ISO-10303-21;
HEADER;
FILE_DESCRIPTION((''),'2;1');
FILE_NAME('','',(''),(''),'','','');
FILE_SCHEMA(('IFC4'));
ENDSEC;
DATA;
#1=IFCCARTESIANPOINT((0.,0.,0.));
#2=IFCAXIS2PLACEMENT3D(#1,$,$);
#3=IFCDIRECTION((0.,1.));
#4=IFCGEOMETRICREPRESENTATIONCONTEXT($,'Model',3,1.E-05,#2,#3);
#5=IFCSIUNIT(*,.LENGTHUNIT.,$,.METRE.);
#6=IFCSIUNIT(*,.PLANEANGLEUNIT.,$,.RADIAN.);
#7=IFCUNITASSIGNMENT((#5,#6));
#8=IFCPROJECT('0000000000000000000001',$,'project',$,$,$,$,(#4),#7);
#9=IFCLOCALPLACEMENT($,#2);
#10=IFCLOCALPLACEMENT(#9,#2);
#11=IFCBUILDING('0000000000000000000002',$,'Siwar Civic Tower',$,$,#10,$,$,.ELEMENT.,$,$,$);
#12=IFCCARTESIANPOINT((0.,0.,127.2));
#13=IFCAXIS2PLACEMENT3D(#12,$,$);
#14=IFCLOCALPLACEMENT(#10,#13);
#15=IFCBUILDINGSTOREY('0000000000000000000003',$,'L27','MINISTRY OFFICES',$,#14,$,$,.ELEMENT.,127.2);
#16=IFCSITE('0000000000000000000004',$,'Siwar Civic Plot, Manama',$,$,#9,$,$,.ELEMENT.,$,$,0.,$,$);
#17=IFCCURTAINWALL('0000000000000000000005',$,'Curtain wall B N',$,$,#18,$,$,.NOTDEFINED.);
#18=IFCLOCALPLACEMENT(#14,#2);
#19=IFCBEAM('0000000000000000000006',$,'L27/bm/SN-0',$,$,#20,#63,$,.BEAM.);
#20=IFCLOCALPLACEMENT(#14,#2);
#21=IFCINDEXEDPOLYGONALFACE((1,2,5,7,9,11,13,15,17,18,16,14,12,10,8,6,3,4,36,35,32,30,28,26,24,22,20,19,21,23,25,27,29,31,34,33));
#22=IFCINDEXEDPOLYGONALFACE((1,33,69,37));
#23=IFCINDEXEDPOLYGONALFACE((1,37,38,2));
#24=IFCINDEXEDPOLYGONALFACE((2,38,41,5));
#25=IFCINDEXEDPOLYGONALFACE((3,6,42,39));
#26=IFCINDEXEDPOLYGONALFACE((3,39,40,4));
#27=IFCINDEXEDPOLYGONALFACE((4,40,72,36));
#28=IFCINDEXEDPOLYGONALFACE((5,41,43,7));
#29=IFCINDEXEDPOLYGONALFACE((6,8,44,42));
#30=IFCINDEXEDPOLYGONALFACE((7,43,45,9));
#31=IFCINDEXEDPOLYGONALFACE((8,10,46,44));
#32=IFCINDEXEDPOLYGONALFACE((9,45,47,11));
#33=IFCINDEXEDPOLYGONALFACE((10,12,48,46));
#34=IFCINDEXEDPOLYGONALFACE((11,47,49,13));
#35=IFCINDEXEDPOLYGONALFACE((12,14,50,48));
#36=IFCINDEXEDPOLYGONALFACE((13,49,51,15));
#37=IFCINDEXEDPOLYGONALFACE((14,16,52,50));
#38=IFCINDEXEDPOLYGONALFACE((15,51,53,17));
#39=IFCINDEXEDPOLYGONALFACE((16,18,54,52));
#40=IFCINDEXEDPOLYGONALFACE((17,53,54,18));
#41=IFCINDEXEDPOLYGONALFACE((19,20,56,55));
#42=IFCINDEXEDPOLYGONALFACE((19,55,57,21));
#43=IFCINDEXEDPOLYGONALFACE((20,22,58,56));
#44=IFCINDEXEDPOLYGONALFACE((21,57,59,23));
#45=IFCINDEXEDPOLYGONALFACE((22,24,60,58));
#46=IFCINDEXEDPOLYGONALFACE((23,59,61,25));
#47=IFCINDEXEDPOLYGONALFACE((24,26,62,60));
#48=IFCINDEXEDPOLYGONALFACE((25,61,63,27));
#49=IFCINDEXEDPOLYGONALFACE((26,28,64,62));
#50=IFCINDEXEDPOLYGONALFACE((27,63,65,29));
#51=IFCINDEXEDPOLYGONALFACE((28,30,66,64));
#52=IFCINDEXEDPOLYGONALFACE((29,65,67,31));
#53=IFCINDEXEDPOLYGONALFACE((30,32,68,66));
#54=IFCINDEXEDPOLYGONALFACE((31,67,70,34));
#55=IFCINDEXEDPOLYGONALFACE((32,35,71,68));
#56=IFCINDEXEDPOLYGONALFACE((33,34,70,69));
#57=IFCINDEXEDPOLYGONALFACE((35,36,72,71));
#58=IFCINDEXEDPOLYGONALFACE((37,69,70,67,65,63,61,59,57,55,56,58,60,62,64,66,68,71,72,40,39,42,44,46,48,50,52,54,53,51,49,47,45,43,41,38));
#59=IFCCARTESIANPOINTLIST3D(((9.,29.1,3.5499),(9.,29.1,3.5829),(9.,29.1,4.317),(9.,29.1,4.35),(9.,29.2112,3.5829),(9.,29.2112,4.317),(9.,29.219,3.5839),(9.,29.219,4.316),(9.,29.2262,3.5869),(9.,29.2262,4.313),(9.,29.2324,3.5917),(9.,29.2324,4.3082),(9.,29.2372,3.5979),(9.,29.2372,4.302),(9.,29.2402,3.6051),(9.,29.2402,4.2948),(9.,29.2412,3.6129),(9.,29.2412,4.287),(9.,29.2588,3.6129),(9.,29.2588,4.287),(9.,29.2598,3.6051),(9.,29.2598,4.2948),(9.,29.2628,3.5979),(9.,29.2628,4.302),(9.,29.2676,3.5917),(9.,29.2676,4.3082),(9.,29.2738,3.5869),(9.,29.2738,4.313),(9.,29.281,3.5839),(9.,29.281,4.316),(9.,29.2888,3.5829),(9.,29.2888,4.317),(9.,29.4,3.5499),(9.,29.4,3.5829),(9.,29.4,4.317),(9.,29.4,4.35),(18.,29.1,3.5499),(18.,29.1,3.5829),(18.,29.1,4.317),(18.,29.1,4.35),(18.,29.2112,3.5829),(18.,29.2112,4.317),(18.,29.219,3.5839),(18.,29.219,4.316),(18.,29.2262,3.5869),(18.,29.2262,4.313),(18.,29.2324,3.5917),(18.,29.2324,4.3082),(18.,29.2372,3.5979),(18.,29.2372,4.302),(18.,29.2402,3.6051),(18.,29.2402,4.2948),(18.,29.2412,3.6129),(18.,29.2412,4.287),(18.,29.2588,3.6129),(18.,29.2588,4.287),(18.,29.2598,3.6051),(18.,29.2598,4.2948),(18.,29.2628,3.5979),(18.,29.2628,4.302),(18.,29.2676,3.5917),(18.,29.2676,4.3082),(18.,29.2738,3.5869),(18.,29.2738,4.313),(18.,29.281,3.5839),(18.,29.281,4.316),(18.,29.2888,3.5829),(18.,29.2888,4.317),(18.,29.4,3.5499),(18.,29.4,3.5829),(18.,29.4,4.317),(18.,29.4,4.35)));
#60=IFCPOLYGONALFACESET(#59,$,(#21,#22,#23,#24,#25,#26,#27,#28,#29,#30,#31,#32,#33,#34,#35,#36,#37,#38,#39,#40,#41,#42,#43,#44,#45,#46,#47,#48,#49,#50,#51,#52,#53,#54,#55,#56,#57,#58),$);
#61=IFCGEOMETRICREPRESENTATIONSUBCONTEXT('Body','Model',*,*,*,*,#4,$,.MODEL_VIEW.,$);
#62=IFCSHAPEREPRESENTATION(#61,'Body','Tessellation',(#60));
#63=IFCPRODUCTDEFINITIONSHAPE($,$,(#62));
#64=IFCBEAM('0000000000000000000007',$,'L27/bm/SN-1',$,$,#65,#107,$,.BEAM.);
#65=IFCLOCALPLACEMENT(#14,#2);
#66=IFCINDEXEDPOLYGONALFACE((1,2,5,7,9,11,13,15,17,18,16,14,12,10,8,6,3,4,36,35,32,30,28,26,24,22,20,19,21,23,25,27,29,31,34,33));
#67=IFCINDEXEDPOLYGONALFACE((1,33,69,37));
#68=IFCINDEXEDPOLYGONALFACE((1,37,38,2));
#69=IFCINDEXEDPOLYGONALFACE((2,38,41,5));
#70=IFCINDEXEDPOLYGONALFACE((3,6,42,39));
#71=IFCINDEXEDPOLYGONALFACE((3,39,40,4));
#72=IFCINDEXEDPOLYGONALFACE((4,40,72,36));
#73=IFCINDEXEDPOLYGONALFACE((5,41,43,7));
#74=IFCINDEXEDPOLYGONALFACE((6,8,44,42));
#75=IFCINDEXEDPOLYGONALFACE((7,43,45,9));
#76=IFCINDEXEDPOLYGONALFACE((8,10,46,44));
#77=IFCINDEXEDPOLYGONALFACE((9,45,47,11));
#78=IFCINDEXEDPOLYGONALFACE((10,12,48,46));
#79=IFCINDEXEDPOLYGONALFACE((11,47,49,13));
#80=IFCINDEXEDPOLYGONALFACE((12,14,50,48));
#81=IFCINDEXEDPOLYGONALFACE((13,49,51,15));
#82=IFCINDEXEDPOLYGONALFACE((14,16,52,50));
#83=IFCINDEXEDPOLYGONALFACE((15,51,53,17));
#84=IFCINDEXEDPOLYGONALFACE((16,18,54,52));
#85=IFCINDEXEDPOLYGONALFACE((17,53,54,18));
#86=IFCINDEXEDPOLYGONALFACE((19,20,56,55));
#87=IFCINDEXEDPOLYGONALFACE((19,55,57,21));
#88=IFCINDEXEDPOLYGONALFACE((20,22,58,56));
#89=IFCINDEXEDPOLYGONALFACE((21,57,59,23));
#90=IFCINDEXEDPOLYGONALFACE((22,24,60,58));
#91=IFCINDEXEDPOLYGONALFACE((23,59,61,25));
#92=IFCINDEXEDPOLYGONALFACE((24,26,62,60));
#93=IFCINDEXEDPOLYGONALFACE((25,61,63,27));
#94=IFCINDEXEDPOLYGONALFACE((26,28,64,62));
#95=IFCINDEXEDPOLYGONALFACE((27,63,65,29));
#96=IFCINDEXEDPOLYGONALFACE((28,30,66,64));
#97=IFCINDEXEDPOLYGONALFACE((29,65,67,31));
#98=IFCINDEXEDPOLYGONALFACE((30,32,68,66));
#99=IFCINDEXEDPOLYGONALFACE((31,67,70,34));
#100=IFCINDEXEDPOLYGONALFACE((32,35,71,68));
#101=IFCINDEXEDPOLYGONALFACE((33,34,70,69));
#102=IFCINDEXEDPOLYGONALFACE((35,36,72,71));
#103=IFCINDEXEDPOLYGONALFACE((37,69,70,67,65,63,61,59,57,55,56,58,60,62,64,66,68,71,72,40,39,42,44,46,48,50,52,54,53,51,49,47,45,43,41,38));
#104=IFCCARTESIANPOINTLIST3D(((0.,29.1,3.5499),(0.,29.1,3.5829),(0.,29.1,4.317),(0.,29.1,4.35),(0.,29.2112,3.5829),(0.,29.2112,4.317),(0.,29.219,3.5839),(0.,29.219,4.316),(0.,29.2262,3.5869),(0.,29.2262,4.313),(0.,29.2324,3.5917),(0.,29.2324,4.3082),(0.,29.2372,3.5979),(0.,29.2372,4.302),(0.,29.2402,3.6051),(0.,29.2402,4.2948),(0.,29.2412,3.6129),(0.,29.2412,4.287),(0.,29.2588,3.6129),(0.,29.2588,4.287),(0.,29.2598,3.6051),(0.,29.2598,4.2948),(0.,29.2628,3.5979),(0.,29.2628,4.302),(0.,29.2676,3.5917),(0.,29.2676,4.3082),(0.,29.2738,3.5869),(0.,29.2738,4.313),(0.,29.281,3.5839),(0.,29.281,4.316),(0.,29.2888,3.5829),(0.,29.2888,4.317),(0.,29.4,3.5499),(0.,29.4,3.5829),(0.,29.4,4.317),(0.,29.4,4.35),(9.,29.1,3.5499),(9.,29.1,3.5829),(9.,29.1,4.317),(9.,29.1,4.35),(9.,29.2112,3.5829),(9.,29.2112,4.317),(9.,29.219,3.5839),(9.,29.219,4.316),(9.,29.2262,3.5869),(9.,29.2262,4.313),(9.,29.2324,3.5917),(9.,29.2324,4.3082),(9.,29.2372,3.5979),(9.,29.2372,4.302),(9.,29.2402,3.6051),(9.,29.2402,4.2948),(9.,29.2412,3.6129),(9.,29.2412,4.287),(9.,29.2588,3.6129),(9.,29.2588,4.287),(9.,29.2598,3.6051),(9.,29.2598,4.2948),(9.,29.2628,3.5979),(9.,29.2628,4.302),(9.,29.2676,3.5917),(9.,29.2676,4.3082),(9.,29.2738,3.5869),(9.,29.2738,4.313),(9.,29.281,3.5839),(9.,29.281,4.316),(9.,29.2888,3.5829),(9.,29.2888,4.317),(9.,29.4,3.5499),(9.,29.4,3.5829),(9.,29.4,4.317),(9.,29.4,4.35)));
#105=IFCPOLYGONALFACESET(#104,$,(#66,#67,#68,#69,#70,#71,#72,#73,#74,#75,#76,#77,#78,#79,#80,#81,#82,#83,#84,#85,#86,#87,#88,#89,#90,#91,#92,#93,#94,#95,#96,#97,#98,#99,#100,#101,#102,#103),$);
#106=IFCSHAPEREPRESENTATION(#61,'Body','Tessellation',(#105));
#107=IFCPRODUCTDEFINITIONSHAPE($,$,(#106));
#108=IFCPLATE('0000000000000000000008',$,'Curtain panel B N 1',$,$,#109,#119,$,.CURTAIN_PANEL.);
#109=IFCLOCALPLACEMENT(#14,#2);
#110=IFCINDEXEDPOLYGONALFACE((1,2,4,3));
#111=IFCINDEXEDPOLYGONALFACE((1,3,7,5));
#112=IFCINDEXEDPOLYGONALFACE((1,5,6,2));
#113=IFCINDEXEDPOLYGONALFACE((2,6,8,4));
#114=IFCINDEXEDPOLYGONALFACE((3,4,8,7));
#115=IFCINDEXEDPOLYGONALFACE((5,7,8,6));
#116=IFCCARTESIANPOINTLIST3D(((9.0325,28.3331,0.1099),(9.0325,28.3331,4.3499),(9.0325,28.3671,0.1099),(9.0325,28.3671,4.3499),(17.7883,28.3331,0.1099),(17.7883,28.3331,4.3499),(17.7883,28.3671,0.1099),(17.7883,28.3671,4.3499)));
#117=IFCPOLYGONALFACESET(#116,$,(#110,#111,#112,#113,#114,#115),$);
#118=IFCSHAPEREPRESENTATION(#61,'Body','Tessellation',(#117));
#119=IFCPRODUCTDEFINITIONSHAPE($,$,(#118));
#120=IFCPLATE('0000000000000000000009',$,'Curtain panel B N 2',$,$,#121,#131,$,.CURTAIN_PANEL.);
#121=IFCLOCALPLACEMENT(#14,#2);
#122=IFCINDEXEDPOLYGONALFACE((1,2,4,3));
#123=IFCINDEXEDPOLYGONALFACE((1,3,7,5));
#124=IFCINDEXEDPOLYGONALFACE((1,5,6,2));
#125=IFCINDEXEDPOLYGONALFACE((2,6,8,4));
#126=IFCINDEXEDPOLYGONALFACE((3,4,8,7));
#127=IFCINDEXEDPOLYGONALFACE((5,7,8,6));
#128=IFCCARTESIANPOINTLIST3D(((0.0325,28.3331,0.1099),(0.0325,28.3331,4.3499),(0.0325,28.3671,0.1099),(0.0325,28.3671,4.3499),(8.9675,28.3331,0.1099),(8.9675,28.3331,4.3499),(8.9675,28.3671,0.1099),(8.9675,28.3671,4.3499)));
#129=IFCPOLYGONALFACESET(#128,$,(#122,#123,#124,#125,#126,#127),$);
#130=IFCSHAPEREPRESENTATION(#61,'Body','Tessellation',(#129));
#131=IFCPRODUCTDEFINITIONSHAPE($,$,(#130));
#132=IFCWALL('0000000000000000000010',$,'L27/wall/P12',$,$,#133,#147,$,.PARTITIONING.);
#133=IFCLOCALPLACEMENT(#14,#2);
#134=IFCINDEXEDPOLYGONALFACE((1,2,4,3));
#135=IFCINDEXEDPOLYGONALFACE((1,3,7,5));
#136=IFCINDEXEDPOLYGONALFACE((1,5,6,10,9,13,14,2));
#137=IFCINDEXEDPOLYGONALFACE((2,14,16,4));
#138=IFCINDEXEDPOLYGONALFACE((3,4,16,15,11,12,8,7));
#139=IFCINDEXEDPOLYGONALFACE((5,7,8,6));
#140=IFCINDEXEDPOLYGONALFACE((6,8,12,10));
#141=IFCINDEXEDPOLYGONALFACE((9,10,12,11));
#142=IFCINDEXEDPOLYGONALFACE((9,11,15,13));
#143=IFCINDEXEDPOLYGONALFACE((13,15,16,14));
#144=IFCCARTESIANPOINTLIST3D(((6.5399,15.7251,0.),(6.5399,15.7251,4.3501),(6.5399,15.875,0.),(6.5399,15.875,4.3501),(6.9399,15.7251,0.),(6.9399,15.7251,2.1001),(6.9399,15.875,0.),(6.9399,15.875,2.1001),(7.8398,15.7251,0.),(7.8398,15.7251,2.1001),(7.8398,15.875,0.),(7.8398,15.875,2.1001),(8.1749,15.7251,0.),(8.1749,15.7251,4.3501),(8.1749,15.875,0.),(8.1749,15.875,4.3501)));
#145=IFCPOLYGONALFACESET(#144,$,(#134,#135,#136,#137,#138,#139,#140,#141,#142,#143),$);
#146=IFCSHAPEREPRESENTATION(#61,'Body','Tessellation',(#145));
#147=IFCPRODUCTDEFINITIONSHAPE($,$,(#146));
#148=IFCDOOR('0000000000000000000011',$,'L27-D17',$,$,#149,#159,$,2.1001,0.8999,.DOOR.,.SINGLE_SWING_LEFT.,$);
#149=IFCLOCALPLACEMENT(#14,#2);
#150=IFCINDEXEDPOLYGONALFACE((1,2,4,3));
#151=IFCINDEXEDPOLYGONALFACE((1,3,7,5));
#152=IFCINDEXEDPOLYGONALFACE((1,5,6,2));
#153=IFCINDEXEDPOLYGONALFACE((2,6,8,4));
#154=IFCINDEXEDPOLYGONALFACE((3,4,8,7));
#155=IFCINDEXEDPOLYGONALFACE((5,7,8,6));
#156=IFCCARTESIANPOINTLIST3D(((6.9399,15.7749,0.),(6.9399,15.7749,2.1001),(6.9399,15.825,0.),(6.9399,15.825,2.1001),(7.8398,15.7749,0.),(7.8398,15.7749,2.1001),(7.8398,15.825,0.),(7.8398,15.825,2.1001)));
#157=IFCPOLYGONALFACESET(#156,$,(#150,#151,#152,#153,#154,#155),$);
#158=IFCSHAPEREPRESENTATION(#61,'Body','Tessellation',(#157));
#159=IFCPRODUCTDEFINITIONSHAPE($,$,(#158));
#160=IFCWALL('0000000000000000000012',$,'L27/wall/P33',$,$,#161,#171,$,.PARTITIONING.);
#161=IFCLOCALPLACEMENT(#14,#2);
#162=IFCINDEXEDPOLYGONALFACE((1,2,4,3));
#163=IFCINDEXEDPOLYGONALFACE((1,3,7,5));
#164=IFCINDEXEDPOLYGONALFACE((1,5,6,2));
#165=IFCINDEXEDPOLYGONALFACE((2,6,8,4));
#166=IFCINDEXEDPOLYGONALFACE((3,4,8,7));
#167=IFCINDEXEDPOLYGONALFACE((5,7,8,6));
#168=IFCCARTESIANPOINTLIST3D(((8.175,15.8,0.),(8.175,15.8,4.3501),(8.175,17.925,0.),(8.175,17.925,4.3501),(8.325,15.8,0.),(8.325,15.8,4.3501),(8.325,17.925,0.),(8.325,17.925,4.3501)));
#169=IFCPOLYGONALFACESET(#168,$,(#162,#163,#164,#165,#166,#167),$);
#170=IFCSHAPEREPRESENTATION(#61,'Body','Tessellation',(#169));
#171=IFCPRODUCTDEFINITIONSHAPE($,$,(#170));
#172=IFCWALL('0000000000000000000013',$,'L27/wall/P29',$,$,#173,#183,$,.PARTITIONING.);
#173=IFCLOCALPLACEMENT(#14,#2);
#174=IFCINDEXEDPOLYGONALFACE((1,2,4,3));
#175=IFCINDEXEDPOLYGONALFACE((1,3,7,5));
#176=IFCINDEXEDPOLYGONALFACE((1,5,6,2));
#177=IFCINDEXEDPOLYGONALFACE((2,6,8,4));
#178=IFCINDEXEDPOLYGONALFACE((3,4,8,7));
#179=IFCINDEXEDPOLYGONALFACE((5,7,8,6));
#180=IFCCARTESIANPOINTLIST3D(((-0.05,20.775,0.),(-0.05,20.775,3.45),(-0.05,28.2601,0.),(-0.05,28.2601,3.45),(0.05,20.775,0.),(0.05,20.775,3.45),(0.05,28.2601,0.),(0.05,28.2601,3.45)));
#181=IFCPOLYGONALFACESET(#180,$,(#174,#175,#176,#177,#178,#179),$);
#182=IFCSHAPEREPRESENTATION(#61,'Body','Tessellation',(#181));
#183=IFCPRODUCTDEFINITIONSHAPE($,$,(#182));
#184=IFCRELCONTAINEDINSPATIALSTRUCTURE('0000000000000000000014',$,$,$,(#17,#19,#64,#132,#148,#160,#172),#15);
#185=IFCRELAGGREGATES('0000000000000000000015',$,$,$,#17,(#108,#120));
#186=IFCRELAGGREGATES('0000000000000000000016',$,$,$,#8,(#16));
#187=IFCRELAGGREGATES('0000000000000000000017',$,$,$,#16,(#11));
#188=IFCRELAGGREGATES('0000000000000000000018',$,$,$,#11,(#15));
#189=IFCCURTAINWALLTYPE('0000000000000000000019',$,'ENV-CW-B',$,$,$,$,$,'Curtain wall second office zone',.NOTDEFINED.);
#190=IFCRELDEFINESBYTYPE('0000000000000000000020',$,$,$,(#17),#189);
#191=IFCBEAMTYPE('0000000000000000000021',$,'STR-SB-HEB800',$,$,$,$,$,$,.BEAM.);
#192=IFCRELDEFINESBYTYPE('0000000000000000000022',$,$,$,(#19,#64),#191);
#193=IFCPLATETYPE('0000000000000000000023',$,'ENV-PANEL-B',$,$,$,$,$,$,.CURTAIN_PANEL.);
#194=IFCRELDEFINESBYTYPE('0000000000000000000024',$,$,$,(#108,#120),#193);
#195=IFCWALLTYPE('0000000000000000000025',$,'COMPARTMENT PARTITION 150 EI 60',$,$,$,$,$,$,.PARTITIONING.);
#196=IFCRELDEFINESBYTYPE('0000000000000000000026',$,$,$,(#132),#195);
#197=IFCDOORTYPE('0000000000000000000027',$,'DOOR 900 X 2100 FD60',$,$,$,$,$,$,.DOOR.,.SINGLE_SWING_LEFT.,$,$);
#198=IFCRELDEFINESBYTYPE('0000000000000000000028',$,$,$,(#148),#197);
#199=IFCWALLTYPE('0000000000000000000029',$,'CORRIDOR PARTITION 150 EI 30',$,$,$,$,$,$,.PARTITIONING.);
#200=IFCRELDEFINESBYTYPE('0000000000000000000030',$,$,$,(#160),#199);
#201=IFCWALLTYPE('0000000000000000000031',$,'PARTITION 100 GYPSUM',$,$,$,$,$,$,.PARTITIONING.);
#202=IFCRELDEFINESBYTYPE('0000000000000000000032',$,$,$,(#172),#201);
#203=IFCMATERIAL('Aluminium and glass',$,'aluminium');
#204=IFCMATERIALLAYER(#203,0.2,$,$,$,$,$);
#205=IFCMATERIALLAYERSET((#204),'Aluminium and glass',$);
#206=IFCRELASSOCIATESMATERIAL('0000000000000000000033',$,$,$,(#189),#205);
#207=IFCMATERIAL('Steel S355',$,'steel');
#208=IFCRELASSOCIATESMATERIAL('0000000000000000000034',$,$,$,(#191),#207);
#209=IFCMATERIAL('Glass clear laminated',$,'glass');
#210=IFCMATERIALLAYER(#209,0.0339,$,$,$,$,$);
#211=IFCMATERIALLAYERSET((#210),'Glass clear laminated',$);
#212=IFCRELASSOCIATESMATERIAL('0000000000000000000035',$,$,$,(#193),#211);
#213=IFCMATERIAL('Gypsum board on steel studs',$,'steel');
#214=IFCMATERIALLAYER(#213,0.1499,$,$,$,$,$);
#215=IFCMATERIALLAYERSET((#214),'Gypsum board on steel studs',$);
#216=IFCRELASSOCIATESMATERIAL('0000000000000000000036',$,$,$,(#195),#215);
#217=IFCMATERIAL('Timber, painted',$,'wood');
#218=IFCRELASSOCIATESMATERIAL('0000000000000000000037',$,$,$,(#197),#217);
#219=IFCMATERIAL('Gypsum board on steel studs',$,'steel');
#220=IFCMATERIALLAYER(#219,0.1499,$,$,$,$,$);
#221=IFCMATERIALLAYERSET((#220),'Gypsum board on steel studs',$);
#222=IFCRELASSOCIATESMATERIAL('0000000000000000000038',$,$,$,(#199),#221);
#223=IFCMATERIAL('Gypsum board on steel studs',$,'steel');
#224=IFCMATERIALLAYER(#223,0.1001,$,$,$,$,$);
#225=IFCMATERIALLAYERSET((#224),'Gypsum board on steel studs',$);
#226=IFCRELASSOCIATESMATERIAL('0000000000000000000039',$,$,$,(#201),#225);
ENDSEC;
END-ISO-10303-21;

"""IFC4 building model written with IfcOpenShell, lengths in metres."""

from ifc_helpers import new_model, si_unit, direction, frame, frame_2d, origin, origin_2d, place, context, subcontext, project, spatial, rectangle, i_section, extrude, material, layer, layer_set, material_profile, profile_set, type_object, element, fill, aggregate, save


model = new_model("IFC4")

# Units and contexts
model_context = context("Model", 3, precision=1e-05, world=origin(), true_north=direction((0.0, 1.0)))
body_context = subcontext(model_context, "Body", "Model", "MODEL_VIEW")
ifc_project = project(units=[si_unit("LENGTHUNIT", "METRE"), si_unit("PLANEANGLEUNIT", "RADIAN")], contexts=[model_context])

# Site, building, storey
site_placement = place(None, origin())
site = spatial("IfcSite", under=ifc_project, at=site_placement, Name="Siwar Civic Plot, Manama", CompositionType="ELEMENT", RefElevation=0.0)
building_placement = place(site_placement, origin())
building = spatial("IfcBuilding", under=site, at=building_placement, Name="Siwar Civic Tower", CompositionType="ELEMENT")
storey_placement = place(building_placement, frame((0.0, 0.0, 127.2)))
storey = spatial("IfcBuildingStorey", under=building, at=storey_placement, Name="L27", Description="MINISTRY OFFICES", CompositionType="ELEMENT", Elevation=127.2)

# Curtain wall
ifc_material_1 = material(Name="Aluminium and glass", Category="aluminium")
ifc_layer_1 = layer(ifc_material_1, 0.2)
ifc_layer_set_1 = layer_set([ifc_layer_1], Name="Aluminium and glass")
curtain_wall_type = type_object("IfcCurtainWallType", Name="ENV-CW-B", ElementType="Curtain wall second office zone", PredefinedType="NOTDEFINED", material=ifc_layer_set_1)
curtain_wall_placement = place(storey_placement, origin())
curtain_wall = element("IfcCurtainWall", 1, at=curtain_wall_placement, inside=storey, type_object=curtain_wall_type, Name="Curtain wall B N", PredefinedType="NOTDEFINED")

# Beams
ifc_material_2 = material(Name="Steel S355", Category="steel")
ifc_material_profile_1 = material_profile(ifc_material_2, i_section(OverallWidth=0.3, OverallDepth=0.8, WebThickness=0.0176, FlangeThickness=0.033, FilletRadius=0.03, at=origin_2d()), Name="HEB800")
ifc_profile_set_1 = profile_set([ifc_material_profile_1], Name="Steel S355")
beam_type_1 = type_object("IfcBeamType", Name="STR-SB-HEB800", PredefinedType="BEAM", material=ifc_profile_set_1)
for number, where, z_axis, x_axis, name in (
    (2, (18.0, 29.25, 3.95), (-1.0, 0.0, 0.0), (0.0, -1.0, 0.0), "L27/bm/SN-0"),
    (3, (9.0, 29.25, 3.95), (-1.0, 0.0, 0.0), (0.0, -1.0, 0.0), "L27/bm/SN-1"),
):
    element("IfcBeam", number, at=place(storey_placement, frame(where, z_axis=z_axis, x_axis=x_axis)), inside=storey, type_object=beam_type_1, Name=name, PredefinedType="BEAM", context=body_context, shape_type="SweptSolid", body=[
        extrude(i_section(OverallWidth=0.3, OverallDepth=0.8, WebThickness=0.0176, FlangeThickness=0.033, FilletRadius=0.03, at=origin_2d()), origin(), (0.0, 0.0, 1.0), 9.0),
    ])

# Plates
ifc_material_3 = material(Name="Glass clear laminated", Category="glass")
ifc_layer_2 = layer(ifc_material_3, 0.0339)
ifc_layer_set_2 = layer_set([ifc_layer_2], Name="Glass clear laminated")
plate_type = type_object("IfcPlateType", Name="ENV-PANEL-B", PredefinedType="CURTAIN_PANEL", material=ifc_layer_set_2)
plate_1_placement = place(storey_placement, frame((13.4104, 28.3501, 0.1099), z_axis=(0.0, 0.0, 1.0), x_axis=(-1.0, 0.0, 0.0)))
plate_1 = element("IfcPlate", 4, at=plate_1_placement, type_object=plate_type, Name="Curtain panel B N 1", PredefinedType="CURTAIN_PANEL", context=body_context, shape_type="SweptSolid", body=[
    extrude(rectangle(XDim=8.7559, YDim=0.0339, at=origin_2d()), origin(), (0.0, 0.0, 1.0), 4.24),
])
plate_2_placement = place(storey_placement, frame((4.5, 28.3501, 0.1099), z_axis=(0.0, 0.0, 1.0), x_axis=(-1.0, 0.0, 0.0)))
plate_2 = element("IfcPlate", 5, at=plate_2_placement, type_object=plate_type, Name="Curtain panel B N 2", PredefinedType="CURTAIN_PANEL", context=body_context, shape_type="SweptSolid", body=[
    extrude(rectangle(XDim=8.9351, YDim=0.0339, at=origin_2d()), origin(), (0.0, 0.0, 1.0), 4.24),
])
aggregate(curtain_wall, [plate_1, plate_2])

# Wall, opening, door
ifc_material_4 = material(Name="Gypsum board on steel studs", Category="steel")
ifc_layer_3 = layer(ifc_material_4, 0.1499)
ifc_layer_set_3 = layer_set([ifc_layer_3], Name="Gypsum board on steel studs")
wall_type_1 = type_object("IfcWallType", Name="COMPARTMENT PARTITION 150 EI 60", PredefinedType="PARTITIONING", material=ifc_layer_set_3)
wall_1_placement = place(storey_placement, frame((6.54, 15.8, 0.0), z_axis=(0.0, 0.0, 1.0), x_axis=(1.0, 0.0, 0.0)))
wall_1 = element("IfcWall", 6, at=wall_1_placement, inside=storey, type_object=wall_type_1, Name="L27/wall/P12", PredefinedType="PARTITIONING", context=body_context, shape_type="SweptSolid", body=[
    extrude(rectangle(XDim=1.635, YDim=0.1499, at=frame_2d((0.8174, 0.0))), origin(), (0.0, 0.0, 1.0), 4.3501),
])
opening_placement = place(wall_1_placement, frame((0.3999, 0.0, 0.0)))
opening = element("IfcOpeningElement", 7, at=opening_placement, cuts=wall_1, PredefinedType="OPENING", context=body_context, shape_type="SweptSolid", body=[
    extrude(rectangle(XDim=0.8999, YDim=2.1001, at=frame_2d((0.45, 1.05))), frame((0.0, 0.085, 0.0), z_axis=(0.0, -1.0, 0.0), x_axis=(1.0, 0.0, 0.0)), (0.0, 0.0, 1.0), 0.1699),
])
ifc_material_5 = material(Name="Timber, painted", Category="wood")
door_type = type_object("IfcDoorType", Name="DOOR 900 X 2100 FD60", OperationType="SINGLE_SWING_LEFT", PredefinedType="DOOR", material=ifc_material_5)
door_placement = place(opening_placement, origin())
door = element("IfcDoor", 8, at=door_placement, inside=storey, type_object=door_type, Name="L27-D17", OperationType="SINGLE_SWING_LEFT", OverallHeight=2.1001, OverallWidth=0.8999, PredefinedType="DOOR", context=body_context, shape_type="SweptSolid", body=[
    extrude(rectangle(XDim=0.8999, YDim=2.1001, at=frame_2d((0.45, 1.05))), frame((0.0, 0.0249, 0.0), z_axis=(0.0, -1.0, 0.0), x_axis=(1.0, 0.0, 0.0)), (0.0, 0.0, 1.0), 0.05),
])
fill(opening, door)

# Walls
ifc_material_6 = material(Name="Gypsum board on steel studs", Category="steel")
ifc_layer_4 = layer(ifc_material_6, 0.1499)
ifc_layer_set_4 = layer_set([ifc_layer_4], Name="Gypsum board on steel studs")
wall_type_2 = type_object("IfcWallType", Name="CORRIDOR PARTITION 150 EI 30", PredefinedType="PARTITIONING", material=ifc_layer_set_4)
wall_2_placement = place(storey_placement, frame((8.25, 15.8, 0.0), z_axis=(0.0, 0.0, 1.0), x_axis=(0.0, 1.0, 0.0)))
element("IfcWall", 9, at=wall_2_placement, inside=storey, type_object=wall_type_2, Name="L27/wall/P33", PredefinedType="PARTITIONING", context=body_context, shape_type="SweptSolid", body=[
    extrude(rectangle(XDim=2.125, YDim=0.1499, at=frame_2d((1.0625, 0.0))), origin(), (0.0, 0.0, 1.0), 4.3501),
])
ifc_material_7 = material(Name="Gypsum board on steel studs", Category="steel")
ifc_layer_5 = layer(ifc_material_7, 0.1001)
ifc_layer_set_5 = layer_set([ifc_layer_5], Name="Gypsum board on steel studs")
wall_type_3 = type_object("IfcWallType", Name="PARTITION 100 GYPSUM", PredefinedType="PARTITIONING", material=ifc_layer_set_5)
for number, where, z_axis, x_axis, name in (
    (10, (0.0, 20.7749, 0.0), (0.0, 0.0, 1.0), (0.0, 1.0, 0.0), "L27/wall/P29"),
):
    element("IfcWall", number, at=place(storey_placement, frame(where, z_axis=z_axis, x_axis=x_axis)), inside=storey, type_object=wall_type_3, Name=name, PredefinedType="PARTITIONING", context=body_context, shape_type="SweptSolid", body=[
        extrude(rectangle(XDim=7.4851, YDim=0.1001, at=frame_2d((3.7427, 0.0))), origin(), (0.0, 0.0, 1.0), 3.45),
    ])

save(model, "model.ifc")
